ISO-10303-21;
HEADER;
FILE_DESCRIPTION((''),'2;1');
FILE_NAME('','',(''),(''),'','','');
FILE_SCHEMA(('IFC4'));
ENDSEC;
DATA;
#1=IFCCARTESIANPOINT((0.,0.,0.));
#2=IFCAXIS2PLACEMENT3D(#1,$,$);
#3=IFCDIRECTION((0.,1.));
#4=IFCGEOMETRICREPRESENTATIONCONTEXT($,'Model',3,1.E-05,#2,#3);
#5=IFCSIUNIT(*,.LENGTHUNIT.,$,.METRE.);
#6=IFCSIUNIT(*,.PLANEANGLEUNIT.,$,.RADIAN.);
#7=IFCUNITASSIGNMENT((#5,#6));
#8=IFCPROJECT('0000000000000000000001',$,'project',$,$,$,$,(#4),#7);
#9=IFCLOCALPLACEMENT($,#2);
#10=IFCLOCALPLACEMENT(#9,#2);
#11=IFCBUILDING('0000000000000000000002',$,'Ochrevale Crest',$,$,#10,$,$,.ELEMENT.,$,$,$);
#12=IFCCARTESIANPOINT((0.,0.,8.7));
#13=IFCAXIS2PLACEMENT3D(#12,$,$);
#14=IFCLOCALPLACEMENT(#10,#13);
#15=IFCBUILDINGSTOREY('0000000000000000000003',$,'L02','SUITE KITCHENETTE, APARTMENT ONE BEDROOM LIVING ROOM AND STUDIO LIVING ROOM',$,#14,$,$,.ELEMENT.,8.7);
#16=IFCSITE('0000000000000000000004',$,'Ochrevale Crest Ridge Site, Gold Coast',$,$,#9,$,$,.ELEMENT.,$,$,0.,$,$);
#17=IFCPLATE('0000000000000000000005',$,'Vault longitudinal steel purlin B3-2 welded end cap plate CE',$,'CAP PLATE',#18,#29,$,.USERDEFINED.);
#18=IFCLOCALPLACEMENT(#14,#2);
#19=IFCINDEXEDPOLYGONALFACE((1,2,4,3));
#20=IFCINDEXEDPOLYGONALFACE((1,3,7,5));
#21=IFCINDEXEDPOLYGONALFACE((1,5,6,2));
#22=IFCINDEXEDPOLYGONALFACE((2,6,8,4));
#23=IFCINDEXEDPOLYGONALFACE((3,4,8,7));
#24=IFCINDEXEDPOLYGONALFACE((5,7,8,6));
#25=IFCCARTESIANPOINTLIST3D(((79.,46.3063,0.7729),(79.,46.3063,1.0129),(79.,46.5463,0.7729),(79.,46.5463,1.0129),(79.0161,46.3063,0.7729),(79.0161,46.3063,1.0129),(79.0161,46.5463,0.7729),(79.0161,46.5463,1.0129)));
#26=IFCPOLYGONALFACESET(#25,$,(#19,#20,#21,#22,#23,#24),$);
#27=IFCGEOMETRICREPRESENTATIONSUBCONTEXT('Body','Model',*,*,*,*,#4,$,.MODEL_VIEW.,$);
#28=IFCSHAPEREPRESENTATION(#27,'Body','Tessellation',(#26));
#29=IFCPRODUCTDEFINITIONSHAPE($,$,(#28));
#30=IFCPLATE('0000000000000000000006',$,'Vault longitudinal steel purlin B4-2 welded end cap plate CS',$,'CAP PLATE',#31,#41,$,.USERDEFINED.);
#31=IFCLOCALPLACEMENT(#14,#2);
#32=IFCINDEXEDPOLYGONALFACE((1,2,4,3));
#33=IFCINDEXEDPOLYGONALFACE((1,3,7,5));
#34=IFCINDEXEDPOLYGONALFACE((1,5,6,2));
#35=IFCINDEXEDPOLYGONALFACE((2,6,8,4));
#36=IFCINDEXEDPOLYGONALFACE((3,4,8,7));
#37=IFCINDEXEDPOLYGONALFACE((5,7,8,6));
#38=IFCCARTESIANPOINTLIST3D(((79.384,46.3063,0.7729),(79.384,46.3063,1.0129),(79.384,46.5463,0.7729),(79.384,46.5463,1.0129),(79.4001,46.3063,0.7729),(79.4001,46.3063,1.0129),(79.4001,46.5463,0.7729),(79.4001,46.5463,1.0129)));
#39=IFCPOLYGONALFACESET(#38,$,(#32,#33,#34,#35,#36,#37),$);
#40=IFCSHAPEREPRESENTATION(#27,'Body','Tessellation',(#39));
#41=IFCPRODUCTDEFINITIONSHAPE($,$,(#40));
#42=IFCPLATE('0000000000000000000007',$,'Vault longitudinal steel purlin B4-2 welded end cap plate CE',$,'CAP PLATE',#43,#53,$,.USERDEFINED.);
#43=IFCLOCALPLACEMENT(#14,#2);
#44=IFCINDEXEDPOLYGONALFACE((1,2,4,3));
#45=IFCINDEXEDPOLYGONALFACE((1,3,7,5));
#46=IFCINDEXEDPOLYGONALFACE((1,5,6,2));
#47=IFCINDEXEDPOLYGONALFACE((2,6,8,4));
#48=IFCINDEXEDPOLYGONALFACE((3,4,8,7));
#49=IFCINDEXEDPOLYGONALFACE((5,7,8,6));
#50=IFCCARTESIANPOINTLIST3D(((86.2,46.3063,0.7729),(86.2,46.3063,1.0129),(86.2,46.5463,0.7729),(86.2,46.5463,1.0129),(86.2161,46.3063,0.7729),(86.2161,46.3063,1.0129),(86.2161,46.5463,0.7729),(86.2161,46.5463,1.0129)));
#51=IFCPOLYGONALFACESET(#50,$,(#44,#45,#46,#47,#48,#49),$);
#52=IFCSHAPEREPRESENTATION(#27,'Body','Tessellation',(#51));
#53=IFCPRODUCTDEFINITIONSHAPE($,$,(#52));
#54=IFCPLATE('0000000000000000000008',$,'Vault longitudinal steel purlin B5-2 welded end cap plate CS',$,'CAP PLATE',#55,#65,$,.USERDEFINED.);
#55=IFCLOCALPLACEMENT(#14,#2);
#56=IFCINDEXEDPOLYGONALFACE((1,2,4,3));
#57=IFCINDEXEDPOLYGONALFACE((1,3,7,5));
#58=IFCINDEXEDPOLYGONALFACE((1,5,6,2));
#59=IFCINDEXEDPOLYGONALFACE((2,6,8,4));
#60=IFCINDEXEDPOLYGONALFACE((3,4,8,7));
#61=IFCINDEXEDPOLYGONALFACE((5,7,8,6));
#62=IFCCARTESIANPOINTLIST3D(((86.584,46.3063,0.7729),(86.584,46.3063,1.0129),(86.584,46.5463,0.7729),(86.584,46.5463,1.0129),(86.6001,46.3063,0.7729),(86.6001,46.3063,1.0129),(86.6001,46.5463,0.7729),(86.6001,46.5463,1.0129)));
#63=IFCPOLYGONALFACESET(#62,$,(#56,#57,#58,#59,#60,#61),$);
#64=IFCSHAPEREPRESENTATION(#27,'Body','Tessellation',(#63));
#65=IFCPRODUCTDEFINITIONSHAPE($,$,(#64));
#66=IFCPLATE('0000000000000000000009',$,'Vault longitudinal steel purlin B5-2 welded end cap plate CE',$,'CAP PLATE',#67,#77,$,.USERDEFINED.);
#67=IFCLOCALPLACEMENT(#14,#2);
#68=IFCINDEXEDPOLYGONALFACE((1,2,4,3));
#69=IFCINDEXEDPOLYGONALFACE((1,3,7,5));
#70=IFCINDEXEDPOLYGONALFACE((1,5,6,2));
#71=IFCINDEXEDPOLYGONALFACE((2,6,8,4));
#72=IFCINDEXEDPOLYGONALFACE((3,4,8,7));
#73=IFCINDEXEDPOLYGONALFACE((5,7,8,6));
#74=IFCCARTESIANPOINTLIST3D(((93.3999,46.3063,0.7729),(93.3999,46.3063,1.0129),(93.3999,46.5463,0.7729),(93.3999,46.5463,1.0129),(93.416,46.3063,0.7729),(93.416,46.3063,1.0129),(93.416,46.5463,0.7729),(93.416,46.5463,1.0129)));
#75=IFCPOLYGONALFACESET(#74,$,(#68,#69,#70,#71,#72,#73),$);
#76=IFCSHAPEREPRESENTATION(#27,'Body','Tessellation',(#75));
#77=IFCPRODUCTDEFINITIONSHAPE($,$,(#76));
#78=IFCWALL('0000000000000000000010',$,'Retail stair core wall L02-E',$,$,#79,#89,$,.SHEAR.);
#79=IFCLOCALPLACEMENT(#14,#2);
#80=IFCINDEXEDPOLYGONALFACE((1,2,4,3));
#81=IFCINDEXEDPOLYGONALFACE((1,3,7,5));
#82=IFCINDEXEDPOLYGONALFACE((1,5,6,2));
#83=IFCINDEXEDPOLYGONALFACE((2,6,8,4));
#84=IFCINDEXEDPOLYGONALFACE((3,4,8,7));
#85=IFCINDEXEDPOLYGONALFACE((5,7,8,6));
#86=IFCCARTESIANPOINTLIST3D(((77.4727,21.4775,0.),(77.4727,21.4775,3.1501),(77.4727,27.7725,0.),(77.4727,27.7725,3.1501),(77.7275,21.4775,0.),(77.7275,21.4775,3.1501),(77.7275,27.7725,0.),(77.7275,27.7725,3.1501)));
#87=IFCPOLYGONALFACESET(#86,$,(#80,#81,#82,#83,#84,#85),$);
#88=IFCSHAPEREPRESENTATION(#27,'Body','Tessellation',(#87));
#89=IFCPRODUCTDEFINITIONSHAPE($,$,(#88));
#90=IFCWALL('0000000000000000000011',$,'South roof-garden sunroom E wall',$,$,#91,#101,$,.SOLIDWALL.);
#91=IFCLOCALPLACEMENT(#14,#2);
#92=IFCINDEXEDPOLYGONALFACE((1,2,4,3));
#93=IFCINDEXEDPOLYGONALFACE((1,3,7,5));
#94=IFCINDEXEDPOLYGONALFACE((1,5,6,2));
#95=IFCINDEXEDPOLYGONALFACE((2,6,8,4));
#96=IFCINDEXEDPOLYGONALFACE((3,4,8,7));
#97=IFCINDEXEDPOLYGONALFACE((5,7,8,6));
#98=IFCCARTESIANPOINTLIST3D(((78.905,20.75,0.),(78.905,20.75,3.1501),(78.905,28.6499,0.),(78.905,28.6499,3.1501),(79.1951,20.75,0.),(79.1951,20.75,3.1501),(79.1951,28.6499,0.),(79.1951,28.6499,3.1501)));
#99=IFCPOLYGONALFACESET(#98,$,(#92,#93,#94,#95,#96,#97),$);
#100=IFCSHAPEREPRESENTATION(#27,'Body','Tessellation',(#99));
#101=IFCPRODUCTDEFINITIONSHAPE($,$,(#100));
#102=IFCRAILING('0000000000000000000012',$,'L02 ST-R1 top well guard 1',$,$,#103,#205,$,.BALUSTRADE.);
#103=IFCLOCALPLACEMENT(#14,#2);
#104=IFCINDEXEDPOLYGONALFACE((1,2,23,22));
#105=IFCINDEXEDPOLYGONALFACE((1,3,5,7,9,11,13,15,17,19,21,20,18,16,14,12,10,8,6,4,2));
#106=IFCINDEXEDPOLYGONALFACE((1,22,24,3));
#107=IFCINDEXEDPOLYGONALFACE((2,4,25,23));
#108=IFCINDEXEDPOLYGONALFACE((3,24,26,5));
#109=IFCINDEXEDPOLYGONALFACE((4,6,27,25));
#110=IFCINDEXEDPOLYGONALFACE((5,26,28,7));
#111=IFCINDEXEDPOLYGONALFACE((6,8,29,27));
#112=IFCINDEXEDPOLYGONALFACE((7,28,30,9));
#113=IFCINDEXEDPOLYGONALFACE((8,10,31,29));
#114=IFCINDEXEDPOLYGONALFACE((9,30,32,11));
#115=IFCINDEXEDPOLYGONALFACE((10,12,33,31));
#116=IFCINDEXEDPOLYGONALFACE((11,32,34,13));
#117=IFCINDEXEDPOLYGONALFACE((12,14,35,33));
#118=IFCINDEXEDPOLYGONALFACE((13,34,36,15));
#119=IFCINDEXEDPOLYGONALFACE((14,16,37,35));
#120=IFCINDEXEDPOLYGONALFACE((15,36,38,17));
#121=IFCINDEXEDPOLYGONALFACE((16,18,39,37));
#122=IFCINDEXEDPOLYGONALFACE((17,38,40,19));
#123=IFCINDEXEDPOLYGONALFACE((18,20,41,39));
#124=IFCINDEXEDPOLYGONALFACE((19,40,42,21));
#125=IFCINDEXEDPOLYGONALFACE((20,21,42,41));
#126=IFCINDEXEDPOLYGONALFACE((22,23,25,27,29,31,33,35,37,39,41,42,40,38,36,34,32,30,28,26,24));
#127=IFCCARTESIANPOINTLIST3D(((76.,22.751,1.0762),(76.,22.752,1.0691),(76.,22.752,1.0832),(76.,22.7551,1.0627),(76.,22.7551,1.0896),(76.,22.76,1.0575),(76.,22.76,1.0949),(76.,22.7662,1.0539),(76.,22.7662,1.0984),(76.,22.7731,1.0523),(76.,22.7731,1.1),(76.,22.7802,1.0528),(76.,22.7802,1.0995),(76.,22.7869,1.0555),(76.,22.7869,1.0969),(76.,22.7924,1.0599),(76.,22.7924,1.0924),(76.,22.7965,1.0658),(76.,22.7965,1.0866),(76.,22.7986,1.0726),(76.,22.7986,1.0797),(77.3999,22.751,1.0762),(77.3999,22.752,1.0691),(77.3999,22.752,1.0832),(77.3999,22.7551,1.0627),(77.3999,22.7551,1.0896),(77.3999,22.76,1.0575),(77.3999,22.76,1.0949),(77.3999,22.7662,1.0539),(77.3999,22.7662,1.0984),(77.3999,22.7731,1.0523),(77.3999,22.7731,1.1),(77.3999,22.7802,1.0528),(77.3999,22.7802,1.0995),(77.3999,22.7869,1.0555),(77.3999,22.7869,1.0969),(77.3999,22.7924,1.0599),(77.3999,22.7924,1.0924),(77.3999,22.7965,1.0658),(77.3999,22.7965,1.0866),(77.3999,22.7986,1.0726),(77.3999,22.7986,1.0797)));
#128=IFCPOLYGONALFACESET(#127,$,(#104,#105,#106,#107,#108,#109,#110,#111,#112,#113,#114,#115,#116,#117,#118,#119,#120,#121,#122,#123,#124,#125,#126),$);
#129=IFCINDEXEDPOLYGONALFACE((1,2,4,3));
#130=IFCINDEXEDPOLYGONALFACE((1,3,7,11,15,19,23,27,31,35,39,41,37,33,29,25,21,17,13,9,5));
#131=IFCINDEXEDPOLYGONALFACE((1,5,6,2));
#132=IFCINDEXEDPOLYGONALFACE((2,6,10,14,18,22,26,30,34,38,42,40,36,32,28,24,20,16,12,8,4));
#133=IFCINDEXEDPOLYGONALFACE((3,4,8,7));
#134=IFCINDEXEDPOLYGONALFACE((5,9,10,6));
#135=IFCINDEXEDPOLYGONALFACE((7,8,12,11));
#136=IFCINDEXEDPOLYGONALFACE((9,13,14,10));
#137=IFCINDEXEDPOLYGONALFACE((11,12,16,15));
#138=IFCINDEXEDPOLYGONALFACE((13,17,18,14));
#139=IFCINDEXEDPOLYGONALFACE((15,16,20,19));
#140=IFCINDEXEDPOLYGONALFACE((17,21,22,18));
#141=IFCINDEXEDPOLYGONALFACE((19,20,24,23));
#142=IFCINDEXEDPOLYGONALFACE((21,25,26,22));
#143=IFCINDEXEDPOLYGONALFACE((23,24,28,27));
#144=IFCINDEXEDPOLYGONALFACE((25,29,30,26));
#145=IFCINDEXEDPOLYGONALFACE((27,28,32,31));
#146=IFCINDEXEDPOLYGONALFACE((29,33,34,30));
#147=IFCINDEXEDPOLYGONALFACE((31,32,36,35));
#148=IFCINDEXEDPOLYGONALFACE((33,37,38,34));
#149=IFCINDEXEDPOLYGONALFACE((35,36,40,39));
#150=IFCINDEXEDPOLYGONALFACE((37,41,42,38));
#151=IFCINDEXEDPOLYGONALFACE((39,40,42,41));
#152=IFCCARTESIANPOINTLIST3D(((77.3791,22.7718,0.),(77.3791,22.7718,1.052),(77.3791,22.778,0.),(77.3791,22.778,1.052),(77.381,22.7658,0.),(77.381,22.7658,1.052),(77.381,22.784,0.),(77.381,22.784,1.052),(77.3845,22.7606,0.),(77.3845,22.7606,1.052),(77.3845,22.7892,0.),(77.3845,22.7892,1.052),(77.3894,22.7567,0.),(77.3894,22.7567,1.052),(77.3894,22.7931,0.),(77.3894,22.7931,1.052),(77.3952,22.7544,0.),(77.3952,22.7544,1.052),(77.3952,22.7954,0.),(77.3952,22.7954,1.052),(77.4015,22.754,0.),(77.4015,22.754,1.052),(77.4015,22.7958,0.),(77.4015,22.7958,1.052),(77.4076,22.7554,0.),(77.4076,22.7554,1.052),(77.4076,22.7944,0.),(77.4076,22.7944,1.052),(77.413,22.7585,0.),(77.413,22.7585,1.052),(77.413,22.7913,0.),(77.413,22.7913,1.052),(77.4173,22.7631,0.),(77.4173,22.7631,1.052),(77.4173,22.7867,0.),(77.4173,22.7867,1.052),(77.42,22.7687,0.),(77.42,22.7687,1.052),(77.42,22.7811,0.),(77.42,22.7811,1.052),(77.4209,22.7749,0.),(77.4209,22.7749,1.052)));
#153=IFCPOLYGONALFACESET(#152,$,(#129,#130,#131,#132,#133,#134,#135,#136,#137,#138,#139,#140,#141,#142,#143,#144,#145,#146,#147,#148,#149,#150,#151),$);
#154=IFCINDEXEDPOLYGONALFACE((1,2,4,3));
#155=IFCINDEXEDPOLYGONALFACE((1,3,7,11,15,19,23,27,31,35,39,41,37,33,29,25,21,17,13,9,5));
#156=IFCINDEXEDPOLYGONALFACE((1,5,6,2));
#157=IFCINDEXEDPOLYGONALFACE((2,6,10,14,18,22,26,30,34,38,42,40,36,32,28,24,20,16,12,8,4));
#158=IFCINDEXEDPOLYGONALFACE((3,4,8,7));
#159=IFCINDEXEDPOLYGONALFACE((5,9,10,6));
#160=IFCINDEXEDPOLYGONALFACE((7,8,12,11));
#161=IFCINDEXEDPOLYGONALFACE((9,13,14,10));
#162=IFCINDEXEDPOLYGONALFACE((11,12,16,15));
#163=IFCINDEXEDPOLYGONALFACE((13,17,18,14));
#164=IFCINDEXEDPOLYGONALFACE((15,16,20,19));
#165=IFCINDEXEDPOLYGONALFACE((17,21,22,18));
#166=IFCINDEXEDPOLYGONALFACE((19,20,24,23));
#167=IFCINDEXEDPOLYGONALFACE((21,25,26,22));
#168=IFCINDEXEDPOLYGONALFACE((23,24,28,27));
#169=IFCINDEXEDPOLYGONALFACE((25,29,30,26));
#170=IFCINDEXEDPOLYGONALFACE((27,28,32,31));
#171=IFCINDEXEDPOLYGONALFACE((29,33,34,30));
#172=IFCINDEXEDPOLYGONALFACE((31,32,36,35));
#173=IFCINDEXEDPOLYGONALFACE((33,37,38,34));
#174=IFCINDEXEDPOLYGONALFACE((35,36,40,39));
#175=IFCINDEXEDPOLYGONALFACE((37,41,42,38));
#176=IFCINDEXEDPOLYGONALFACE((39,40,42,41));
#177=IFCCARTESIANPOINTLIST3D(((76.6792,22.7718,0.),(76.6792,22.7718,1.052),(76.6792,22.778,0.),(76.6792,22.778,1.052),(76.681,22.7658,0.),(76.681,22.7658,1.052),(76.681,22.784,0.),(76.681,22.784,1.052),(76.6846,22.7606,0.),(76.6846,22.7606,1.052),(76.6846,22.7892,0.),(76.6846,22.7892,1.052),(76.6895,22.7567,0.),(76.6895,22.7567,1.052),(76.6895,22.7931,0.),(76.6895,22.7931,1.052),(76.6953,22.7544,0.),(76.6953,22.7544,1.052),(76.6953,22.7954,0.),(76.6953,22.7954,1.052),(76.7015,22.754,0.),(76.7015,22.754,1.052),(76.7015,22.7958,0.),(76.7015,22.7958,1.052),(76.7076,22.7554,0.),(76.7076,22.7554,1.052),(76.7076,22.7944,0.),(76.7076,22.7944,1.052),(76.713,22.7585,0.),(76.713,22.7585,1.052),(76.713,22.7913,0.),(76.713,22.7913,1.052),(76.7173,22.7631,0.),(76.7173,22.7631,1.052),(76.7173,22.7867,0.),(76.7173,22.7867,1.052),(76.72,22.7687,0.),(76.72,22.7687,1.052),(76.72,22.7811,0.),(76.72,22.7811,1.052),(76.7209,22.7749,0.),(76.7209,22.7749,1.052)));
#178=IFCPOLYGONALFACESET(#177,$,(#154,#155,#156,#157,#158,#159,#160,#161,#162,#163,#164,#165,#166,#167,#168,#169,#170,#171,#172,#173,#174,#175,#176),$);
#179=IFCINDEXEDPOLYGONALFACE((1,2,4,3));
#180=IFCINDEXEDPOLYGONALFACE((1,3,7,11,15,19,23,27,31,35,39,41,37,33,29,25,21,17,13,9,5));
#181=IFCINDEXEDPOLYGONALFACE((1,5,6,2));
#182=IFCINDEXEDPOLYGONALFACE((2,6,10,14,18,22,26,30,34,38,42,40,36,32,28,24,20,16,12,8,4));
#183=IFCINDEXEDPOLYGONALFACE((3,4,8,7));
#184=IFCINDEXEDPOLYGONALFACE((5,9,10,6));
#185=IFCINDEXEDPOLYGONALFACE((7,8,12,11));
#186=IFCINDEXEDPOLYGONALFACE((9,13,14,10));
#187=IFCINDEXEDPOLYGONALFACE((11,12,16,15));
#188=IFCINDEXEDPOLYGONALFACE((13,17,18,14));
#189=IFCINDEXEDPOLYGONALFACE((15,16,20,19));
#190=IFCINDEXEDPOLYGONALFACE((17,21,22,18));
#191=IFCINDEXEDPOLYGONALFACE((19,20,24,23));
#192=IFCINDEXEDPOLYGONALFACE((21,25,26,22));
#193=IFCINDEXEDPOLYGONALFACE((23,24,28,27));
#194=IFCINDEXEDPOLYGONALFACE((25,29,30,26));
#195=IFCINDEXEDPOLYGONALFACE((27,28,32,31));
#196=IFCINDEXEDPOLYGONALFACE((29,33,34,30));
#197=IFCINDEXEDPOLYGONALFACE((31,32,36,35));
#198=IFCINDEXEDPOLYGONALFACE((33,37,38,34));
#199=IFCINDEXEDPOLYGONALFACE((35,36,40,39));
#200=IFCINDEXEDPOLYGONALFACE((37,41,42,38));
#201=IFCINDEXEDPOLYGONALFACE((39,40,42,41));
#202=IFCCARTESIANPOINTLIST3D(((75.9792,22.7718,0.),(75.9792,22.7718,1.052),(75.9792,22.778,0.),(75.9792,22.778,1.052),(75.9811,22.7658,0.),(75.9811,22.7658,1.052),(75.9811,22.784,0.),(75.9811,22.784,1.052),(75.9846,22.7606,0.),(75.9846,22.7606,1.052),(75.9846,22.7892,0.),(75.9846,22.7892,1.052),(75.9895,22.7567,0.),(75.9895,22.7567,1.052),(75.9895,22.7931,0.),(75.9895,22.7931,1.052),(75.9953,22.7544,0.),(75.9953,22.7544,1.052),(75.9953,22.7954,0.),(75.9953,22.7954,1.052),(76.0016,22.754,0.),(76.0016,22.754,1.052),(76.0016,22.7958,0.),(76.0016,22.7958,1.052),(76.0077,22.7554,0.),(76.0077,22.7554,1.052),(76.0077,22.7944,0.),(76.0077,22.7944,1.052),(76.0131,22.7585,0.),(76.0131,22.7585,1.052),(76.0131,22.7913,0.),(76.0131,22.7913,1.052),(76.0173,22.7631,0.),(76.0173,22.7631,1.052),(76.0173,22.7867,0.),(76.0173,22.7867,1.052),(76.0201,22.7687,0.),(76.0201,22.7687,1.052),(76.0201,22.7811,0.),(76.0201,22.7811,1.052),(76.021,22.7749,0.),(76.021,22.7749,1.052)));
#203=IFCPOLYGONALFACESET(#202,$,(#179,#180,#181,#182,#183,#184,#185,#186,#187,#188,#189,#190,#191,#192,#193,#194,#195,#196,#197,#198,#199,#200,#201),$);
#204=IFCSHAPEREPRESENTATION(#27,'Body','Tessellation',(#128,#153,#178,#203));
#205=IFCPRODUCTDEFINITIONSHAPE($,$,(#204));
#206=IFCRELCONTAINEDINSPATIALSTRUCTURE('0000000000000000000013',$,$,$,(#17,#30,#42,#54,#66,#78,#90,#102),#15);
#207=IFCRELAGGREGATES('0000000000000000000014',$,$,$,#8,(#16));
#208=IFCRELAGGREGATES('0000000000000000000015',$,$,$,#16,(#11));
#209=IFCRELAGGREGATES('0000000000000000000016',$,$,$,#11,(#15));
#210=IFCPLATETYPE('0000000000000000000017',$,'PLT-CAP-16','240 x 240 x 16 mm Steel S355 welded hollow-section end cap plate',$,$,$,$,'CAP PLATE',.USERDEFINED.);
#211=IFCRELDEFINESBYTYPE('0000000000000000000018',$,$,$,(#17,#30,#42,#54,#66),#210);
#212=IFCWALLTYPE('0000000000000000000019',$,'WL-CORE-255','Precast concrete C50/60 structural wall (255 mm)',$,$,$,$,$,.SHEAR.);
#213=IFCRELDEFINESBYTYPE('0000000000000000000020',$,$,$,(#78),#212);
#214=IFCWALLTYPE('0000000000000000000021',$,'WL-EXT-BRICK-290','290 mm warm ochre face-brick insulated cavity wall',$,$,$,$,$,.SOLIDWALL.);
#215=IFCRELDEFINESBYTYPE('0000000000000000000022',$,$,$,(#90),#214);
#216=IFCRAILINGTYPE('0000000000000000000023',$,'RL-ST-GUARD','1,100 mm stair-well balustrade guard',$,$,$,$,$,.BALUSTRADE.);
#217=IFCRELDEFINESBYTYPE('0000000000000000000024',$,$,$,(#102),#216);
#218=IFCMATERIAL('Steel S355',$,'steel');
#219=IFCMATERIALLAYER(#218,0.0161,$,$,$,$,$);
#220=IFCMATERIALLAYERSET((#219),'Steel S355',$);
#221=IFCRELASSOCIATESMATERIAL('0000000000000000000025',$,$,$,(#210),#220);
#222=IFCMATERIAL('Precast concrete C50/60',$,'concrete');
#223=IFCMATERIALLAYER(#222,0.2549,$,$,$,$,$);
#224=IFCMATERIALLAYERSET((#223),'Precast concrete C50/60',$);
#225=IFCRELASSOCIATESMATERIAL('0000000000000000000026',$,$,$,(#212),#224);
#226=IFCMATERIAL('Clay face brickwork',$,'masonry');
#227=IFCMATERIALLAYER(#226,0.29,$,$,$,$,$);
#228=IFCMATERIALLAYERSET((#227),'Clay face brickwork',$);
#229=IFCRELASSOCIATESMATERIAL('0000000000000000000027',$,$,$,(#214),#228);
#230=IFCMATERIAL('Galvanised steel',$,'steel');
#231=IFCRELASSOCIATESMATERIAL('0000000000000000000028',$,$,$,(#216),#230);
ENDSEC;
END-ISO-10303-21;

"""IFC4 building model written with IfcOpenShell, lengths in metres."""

from ifc_helpers import new_model, si_unit, direction, frame, frame_2d, origin, origin_2d, place, context, subcontext, project, spatial, rectangle, circle, extrude, material, layer, layer_set, type_object, element, save


model = new_model("IFC4")

# Units and contexts
model_context = context("Model", 3, precision=1e-05, world=origin(), true_north=direction((0.0, 1.0)))
body_context = subcontext(model_context, "Body", "Model", "MODEL_VIEW")
ifc_project = project(units=[si_unit("LENGTHUNIT", "METRE"), si_unit("PLANEANGLEUNIT", "RADIAN")], contexts=[model_context])

# Site, building, storey
site_placement = place(None, origin())
site = spatial("IfcSite", under=ifc_project, at=site_placement, Name="Ochrevale Crest Ridge Site, Gold Coast", CompositionType="ELEMENT", RefElevation=0.0)
building_placement = place(site_placement, origin())
building = spatial("IfcBuilding", under=site, at=building_placement, Name="Ochrevale Crest", CompositionType="ELEMENT")
storey_placement = place(building_placement, frame((0.0, 0.0, 8.7)))
storey = spatial("IfcBuildingStorey", under=building, at=storey_placement, Name="L02", Description="SUITE KITCHENETTE, APARTMENT ONE BEDROOM LIVING ROOM AND STUDIO LIVING ROOM", CompositionType="ELEMENT", Elevation=8.7)

# Shared definitions
ifc_material_1 = material(Name="Steel S355", Category="steel")

# Shared definitions
ifc_material_2 = material(Name="Precast concrete C50/60", Category="concrete")

# Plates
ifc_layer_1 = layer(ifc_material_1, 0.0161)
ifc_layer_set_1 = layer_set([ifc_layer_1], Name="Steel S355")
plate_type_1 = type_object("IfcPlateType", Name="PLT-CAP-16", Description="240 x 240 x 16 mm Steel S355 welded hollow-section end cap plate", ElementType="CAP PLATE", PredefinedType="USERDEFINED", material=ifc_layer_set_1)
for number, where, z_axis, x_axis, name in (
    (1, (79.0081, 46.4263, 0.7729), (0.0, 0.0, 1.0), (1.0, 0.0, 0.0), "Vault longitudinal steel purlin B3-2 welded end cap plate CE"),
    (2, (79.3921, 46.4263, 0.7729), (0.0, 0.0, 1.0), (1.0, 0.0, 0.0), "Vault longitudinal steel purlin B4-2 welded end cap plate CS"),
    (3, (86.208, 46.4263, 0.7729), (0.0, 0.0, 1.0), (1.0, 0.0, 0.0), "Vault longitudinal steel purlin B4-2 welded end cap plate CE"),
    (4, (86.592, 46.4263, 0.7729), (0.0, 0.0, 1.0), (1.0, 0.0, 0.0), "Vault longitudinal steel purlin B5-2 welded end cap plate CS"),
    (5, (93.408, 46.4263, 0.7729), (0.0, 0.0, 1.0), (1.0, 0.0, 0.0), "Vault longitudinal steel purlin B5-2 welded end cap plate CE"),
):
    element("IfcPlate", number, at=place(storey_placement, frame(where, z_axis=z_axis, x_axis=x_axis)), inside=storey, type_object=plate_type_1, Name=name, ObjectType="CAP PLATE", PredefinedType="USERDEFINED", context=body_context, shape_type="SweptSolid", body=[
        extrude(rectangle(XDim=0.0161, YDim=0.24, at=origin_2d()), origin(), (0.0, 0.0, 1.0), 0.24),
    ])

# Walls
ifc_layer_2 = layer(ifc_material_2, 0.2549)
ifc_layer_set_2 = layer_set([ifc_layer_2], Name="Precast concrete C50/60")
wall_type_1 = type_object("IfcWallType", Name="WL-CORE-255", Description="Precast concrete C50/60 structural wall (255 mm)", PredefinedType="SHEAR", material=ifc_layer_set_2)
wall_1_placement = place(storey_placement, frame((77.6001, 21.4775, 0.0), z_axis=(0.0, 0.0, 1.0), x_axis=(0.0, 1.0, 0.0)))
element("IfcWall", 6, at=wall_1_placement, inside=storey, type_object=wall_type_1, Name="Retail stair core wall L02-E", PredefinedType="SHEAR", context=body_context, shape_type="SweptSolid", body=[
    extrude(rectangle(XDim=6.2949, YDim=0.2549, at=frame_2d((3.1475, 0.0))), origin(), (0.0, 0.0, 1.0), 3.1501),
])
ifc_material_3 = material(Name="Clay face brickwork", Category="masonry")
ifc_layer_3 = layer(ifc_material_3, 0.29)
ifc_layer_set_3 = layer_set([ifc_layer_3], Name="Clay face brickwork")
wall_type_2 = type_object("IfcWallType", Name="WL-EXT-BRICK-290", Description="290 mm warm ochre face-brick insulated cavity wall", PredefinedType="SOLIDWALL", material=ifc_layer_set_3)
wall_2_placement = place(storey_placement, frame((79.05, 20.75, 0.0), z_axis=(0.0, 0.0, 1.0), x_axis=(0.0, 1.0, 0.0)))
element("IfcWall", 7, at=wall_2_placement, inside=storey, type_object=wall_type_2, Name="South roof-garden sunroom E wall", PredefinedType="SOLIDWALL", context=body_context, shape_type="SweptSolid", body=[
    extrude(rectangle(XDim=7.8999, YDim=0.29, at=frame_2d((3.95, 0.0))), origin(), (0.0, 0.0, 1.0), 3.1501),
])

# Railing
ifc_material_4 = material(Name="Galvanised steel", Category="steel")
railing_type = type_object("IfcRailingType", Name="RL-ST-GUARD", Description="1,100 mm stair-well balustrade guard", PredefinedType="BALUSTRADE", material=ifc_material_4)
railing_placement = place(storey_placement, frame((77.3999, 22.7749, 0.0)))
element("IfcRailing", 8, at=railing_placement, inside=storey, type_object=railing_type, Name="L02 ST-R1 top well guard 1", PredefinedType="BALUSTRADE", context=body_context, shape_type="SweptSolid", body=[
    extrude(circle(Radius=0.0239, at=origin_2d()), frame((0.0, 0.0, 1.0762), z_axis=(-1.0, 0.0, 0.0), x_axis=(0.0, -1.0, 0.0)), (0.0, 0.0, 1.0), 1.3999),
    extrude(circle(Radius=0.021, at=origin_2d()), origin(), (0.0, 0.0, 1.0), 1.052),
    extrude(circle(Radius=0.021, at=origin_2d()), frame((-0.7, 0.0, 0.0)), (0.0, 0.0, 1.0), 1.052),
    extrude(circle(Radius=0.021, at=origin_2d()), frame((-1.3999, 0.0, 0.0)), (0.0, 0.0, 1.0), 1.052),
])

save(model, "model.ifc")
